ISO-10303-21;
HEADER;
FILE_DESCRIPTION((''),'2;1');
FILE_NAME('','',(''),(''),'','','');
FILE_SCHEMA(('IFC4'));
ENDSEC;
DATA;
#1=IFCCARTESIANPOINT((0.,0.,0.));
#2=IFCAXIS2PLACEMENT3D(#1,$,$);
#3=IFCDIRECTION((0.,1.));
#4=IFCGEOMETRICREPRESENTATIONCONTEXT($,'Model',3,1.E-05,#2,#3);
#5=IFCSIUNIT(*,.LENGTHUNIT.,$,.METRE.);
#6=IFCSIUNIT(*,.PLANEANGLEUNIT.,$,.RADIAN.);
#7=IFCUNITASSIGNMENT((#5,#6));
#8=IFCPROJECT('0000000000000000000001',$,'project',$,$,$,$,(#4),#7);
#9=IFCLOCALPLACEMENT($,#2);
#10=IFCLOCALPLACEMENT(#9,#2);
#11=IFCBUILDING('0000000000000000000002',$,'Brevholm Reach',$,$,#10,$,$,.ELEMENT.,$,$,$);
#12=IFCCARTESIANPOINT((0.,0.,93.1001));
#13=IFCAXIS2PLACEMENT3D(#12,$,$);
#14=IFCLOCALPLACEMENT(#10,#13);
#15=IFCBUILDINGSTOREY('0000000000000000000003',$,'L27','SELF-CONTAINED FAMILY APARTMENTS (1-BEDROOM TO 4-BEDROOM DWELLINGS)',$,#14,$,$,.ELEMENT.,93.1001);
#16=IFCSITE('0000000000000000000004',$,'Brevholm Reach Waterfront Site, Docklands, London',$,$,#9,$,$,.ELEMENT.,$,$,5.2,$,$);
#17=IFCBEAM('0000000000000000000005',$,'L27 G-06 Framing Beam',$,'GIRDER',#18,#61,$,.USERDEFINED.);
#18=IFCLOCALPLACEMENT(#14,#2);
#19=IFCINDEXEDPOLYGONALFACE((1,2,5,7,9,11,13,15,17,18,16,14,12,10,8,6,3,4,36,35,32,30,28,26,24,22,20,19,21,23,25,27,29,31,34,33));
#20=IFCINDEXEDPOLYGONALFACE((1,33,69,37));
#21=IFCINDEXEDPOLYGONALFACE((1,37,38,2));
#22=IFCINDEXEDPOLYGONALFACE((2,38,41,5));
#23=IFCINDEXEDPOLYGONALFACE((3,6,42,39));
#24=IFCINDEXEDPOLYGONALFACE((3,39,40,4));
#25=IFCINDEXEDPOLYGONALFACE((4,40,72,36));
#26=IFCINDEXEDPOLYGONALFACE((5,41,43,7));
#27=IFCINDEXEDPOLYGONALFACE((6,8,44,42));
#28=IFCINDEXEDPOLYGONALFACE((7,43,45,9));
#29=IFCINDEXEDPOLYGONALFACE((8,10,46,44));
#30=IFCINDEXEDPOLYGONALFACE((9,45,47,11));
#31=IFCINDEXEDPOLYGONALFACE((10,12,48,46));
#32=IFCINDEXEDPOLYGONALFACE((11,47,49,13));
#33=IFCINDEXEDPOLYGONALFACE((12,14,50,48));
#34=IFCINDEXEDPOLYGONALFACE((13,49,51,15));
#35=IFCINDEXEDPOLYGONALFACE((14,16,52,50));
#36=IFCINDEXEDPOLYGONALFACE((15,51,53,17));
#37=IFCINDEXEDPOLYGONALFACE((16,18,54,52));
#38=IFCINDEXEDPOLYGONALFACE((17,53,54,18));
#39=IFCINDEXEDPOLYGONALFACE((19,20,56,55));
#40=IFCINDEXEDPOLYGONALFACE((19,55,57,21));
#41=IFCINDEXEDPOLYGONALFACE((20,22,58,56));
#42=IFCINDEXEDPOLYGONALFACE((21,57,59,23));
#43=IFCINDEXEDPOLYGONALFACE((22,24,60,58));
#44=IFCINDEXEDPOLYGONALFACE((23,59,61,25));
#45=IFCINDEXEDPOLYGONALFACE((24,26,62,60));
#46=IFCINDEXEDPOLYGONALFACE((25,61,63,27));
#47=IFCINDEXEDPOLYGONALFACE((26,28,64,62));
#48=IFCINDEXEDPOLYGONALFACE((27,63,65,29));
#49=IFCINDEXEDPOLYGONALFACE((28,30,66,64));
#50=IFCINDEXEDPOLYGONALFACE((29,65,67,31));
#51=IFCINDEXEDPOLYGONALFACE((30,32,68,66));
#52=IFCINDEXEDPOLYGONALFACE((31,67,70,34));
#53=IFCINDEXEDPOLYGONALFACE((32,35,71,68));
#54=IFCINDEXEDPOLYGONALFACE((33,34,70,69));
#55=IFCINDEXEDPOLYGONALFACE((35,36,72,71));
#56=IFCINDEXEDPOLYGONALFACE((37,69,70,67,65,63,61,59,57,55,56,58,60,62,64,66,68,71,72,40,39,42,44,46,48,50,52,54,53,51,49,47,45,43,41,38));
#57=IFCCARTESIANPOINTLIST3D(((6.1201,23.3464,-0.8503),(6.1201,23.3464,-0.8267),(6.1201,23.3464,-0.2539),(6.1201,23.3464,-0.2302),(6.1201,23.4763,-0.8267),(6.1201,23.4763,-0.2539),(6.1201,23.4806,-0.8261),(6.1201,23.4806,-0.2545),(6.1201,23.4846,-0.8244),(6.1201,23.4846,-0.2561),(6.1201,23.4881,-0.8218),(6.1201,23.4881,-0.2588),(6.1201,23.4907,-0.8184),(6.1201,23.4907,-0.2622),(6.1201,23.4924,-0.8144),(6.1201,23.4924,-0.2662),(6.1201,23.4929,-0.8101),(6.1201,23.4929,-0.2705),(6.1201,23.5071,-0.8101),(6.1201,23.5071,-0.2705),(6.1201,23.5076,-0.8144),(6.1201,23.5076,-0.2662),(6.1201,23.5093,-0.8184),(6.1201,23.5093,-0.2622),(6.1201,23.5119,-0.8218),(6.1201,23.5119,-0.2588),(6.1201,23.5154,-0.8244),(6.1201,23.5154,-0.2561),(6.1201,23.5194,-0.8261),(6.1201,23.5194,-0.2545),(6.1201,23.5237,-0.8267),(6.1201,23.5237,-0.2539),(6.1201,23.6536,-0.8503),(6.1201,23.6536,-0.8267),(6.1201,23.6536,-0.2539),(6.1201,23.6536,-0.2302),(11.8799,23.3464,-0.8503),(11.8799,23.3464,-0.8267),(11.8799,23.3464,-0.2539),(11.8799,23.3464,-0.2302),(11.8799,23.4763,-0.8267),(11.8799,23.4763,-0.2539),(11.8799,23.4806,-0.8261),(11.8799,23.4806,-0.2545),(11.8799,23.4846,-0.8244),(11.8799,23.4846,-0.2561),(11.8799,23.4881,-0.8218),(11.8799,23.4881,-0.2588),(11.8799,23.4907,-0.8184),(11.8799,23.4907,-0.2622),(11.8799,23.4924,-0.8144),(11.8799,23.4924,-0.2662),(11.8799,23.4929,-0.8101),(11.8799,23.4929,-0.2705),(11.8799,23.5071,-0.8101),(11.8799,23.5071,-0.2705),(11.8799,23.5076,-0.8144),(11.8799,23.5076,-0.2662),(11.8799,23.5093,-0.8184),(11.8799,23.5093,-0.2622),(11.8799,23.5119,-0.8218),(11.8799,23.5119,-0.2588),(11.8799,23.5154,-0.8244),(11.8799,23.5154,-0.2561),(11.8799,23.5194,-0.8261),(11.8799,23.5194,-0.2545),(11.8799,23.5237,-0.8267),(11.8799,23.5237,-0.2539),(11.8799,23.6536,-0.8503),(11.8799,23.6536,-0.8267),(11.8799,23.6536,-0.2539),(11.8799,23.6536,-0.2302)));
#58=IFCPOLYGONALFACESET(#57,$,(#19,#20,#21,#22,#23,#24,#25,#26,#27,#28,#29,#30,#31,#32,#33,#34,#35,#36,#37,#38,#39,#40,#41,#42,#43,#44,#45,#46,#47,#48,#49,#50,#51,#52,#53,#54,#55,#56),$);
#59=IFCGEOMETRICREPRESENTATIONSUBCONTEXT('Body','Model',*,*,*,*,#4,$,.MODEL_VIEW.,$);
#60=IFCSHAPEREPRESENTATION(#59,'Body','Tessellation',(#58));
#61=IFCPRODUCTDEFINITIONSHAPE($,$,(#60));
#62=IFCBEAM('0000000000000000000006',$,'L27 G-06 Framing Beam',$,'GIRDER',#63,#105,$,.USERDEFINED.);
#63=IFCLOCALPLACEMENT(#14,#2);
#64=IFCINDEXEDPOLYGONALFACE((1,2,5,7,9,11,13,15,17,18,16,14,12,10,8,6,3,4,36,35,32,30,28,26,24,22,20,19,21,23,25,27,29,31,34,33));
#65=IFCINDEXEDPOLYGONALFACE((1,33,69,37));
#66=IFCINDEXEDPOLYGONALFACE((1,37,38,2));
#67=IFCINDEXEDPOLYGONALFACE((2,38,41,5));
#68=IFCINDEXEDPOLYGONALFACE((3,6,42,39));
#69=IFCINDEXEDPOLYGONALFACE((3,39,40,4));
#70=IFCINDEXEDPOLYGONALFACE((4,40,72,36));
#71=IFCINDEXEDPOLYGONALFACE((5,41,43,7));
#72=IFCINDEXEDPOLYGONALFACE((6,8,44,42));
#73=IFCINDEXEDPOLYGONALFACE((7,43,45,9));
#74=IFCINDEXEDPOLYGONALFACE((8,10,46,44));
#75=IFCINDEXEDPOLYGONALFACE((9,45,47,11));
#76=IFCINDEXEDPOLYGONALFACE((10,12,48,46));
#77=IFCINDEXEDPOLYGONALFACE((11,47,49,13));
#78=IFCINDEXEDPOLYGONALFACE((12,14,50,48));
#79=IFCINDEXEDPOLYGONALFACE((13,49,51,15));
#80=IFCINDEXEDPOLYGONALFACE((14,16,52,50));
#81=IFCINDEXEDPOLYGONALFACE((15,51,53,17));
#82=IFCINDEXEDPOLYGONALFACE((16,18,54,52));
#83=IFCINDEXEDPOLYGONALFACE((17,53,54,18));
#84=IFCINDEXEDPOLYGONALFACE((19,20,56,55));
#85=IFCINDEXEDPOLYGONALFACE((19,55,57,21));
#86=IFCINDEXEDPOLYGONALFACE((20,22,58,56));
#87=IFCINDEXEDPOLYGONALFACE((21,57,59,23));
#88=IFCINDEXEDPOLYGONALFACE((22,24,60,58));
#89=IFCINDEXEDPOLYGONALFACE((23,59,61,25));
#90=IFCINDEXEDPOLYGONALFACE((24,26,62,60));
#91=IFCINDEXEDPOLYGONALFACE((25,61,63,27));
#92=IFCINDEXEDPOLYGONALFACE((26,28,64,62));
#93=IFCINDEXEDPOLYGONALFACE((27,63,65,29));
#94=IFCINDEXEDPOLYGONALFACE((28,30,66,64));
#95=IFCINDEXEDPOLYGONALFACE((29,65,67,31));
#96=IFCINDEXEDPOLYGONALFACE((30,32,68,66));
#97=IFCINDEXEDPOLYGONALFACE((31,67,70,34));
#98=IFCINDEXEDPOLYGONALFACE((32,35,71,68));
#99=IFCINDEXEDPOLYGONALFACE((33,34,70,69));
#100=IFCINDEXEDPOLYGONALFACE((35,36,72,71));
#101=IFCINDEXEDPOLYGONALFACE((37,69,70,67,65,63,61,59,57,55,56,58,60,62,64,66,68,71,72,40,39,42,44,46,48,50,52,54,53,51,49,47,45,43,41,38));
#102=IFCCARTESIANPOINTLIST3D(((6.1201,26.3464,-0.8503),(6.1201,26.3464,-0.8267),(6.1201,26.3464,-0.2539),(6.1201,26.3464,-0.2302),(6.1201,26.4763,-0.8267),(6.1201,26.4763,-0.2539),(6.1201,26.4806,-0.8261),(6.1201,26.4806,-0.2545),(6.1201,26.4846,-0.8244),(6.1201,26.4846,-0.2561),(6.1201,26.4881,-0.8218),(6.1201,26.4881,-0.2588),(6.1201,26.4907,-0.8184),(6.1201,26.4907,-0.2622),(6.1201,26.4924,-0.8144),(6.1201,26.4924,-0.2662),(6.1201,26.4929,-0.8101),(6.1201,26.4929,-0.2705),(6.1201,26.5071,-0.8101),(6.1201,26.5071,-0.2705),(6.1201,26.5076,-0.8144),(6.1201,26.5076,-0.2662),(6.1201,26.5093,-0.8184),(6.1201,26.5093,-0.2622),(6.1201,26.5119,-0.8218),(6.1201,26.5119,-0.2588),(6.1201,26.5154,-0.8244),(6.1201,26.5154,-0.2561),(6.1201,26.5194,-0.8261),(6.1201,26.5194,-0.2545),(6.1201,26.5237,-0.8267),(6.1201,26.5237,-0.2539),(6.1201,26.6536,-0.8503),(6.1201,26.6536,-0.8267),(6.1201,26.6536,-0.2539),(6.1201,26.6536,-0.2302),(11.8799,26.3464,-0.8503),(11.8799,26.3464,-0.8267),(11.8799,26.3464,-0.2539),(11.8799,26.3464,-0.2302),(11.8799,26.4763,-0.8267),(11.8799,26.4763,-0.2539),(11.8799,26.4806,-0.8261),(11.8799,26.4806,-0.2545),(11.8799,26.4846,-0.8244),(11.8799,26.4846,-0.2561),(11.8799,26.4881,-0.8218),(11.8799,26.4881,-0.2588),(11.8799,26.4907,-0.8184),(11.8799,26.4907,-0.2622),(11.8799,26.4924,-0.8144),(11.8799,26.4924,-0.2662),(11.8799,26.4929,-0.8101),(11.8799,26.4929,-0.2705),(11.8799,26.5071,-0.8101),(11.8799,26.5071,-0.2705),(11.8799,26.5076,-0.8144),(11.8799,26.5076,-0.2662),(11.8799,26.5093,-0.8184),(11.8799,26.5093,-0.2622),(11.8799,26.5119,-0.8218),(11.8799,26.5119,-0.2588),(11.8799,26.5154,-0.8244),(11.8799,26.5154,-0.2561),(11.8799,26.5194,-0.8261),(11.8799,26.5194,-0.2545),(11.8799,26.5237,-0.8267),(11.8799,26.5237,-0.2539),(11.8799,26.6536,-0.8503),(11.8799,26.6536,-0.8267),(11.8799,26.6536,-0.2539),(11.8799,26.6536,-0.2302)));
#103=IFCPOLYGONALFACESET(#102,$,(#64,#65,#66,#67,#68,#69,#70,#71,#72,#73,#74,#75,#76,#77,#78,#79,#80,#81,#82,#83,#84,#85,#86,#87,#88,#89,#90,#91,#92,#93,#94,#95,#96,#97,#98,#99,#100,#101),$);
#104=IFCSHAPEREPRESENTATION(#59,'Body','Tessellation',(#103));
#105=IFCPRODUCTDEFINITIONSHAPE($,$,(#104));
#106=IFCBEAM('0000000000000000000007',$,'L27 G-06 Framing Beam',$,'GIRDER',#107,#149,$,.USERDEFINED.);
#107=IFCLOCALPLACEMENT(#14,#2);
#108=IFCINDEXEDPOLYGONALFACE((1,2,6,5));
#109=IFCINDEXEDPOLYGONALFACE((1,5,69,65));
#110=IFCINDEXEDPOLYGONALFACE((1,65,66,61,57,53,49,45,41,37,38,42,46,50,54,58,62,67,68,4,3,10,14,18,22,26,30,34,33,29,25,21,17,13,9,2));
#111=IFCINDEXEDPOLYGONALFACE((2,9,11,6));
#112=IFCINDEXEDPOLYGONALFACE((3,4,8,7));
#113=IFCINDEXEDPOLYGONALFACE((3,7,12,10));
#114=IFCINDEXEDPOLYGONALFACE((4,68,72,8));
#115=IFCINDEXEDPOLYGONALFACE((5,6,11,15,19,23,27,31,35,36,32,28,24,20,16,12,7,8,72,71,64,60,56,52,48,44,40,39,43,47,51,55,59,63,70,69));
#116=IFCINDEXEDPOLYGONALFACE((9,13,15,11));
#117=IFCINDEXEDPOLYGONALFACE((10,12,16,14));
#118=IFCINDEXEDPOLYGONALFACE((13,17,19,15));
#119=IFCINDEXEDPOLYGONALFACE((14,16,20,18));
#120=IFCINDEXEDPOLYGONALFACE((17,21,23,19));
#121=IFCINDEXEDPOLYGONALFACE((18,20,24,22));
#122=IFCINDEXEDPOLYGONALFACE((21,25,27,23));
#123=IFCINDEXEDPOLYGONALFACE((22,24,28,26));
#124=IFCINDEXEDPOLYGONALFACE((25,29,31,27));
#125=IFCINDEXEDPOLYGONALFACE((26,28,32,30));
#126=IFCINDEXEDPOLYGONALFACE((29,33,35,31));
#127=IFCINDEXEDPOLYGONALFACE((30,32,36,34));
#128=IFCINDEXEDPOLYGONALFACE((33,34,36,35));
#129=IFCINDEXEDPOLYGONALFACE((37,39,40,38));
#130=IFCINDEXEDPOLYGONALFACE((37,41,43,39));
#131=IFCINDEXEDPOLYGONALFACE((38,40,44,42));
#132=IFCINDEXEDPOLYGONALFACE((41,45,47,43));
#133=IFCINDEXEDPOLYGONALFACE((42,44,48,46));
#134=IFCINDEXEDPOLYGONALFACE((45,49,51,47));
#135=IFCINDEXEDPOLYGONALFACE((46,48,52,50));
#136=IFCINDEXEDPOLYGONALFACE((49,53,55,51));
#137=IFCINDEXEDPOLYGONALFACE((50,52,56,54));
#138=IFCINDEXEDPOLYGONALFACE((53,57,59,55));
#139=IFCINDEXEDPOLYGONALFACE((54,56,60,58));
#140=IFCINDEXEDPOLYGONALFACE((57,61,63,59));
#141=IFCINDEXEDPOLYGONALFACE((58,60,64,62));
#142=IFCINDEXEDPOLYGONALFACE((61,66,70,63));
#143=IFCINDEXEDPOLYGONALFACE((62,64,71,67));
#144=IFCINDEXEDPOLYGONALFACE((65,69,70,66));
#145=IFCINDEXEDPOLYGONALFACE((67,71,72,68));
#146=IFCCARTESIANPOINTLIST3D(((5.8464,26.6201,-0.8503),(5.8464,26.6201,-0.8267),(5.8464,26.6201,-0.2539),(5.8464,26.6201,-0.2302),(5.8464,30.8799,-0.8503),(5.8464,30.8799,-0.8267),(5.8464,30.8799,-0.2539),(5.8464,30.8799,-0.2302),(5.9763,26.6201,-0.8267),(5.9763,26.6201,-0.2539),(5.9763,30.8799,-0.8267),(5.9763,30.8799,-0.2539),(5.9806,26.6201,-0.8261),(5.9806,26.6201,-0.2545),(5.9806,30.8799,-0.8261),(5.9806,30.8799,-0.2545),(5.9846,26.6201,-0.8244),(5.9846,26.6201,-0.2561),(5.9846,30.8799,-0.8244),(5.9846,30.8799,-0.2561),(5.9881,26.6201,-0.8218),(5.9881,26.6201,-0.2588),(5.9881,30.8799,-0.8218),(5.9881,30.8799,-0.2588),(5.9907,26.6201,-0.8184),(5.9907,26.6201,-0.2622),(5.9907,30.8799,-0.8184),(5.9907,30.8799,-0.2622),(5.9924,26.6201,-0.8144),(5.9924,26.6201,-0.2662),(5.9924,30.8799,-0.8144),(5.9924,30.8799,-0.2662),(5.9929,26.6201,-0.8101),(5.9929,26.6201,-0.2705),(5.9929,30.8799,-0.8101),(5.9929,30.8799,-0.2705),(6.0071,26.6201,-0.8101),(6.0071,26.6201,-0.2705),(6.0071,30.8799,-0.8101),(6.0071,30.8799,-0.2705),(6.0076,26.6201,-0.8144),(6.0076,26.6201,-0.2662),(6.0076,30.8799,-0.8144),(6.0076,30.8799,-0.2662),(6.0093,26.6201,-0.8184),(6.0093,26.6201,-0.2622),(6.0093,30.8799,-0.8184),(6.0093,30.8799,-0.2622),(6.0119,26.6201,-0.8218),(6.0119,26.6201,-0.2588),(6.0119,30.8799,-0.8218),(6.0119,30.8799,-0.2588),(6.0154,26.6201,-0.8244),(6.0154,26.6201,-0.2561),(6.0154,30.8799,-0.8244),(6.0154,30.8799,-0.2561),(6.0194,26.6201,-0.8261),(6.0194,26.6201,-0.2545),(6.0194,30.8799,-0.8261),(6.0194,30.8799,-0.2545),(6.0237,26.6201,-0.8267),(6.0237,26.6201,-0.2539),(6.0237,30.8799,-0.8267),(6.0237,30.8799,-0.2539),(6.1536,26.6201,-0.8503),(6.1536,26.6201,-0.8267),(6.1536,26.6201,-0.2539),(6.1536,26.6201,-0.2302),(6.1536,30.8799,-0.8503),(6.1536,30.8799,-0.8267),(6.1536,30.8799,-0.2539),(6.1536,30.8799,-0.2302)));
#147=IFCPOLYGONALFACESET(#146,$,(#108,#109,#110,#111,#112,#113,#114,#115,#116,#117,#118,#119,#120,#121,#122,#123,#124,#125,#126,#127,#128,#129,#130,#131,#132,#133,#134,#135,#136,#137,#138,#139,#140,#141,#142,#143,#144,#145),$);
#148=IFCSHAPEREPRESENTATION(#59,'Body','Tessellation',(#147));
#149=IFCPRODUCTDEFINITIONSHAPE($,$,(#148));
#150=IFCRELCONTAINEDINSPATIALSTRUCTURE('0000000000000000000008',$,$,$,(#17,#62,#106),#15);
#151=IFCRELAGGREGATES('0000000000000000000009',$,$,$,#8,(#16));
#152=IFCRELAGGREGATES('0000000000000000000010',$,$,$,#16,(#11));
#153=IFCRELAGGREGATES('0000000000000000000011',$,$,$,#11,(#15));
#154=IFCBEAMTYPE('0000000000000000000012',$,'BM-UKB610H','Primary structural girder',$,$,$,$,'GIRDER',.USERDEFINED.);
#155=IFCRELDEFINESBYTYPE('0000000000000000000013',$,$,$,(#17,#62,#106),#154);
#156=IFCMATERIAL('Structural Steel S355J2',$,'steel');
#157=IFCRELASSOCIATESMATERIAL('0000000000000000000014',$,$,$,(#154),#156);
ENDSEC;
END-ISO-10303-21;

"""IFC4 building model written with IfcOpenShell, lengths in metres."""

from ifc_helpers import new_model, si_unit, direction, frame, origin, origin_2d, place, context, subcontext, project, spatial, i_section, extrude, material, material_profile, profile_set, type_object, element, save


model = new_model("IFC4")

# Units and contexts
model_context = context("Model", 3, precision=1e-05, world=origin(), true_north=direction((0.0, 1.0)))
body_context = subcontext(model_context, "Body", "Model", "MODEL_VIEW")
ifc_project = project(units=[si_unit("LENGTHUNIT", "METRE"), si_unit("PLANEANGLEUNIT", "RADIAN")], contexts=[model_context])

# Site, building, storey
site_placement = place(None, origin())
site = spatial("IfcSite", under=ifc_project, at=site_placement, Name="Brevholm Reach Waterfront Site, Docklands, London", CompositionType="ELEMENT", RefElevation=5.2)
building_placement = place(site_placement, origin())
building = spatial("IfcBuilding", under=site, at=building_placement, Name="Brevholm Reach", CompositionType="ELEMENT")
storey_placement = place(building_placement, frame((0.0, 0.0, 93.1001)))
storey = spatial("IfcBuildingStorey", under=building, at=storey_placement, Name="L27", Description="SELF-CONTAINED FAMILY APARTMENTS (1-BEDROOM TO 4-BEDROOM DWELLINGS)", CompositionType="ELEMENT", Elevation=93.1001)

# Beams
ifc_material_1 = material(Name="Structural Steel S355J2", Category="steel")
ifc_material_profile_1 = material_profile(ifc_material_1, i_section(OverallWidth=0.3071, OverallDepth=0.6201, WebThickness=0.0142, FlangeThickness=0.0237, FilletRadius=0.0166, at=origin_2d()), Name="UKB 610x305x179")
ifc_profile_set_1 = profile_set([ifc_material_profile_1], Name="Structural Steel S355J2")
beam_type_1 = type_object("IfcBeamType", Name="BM-UKB610H", Description="Primary structural girder", ElementType="GIRDER", PredefinedType="USERDEFINED", material=ifc_profile_set_1)
for number, where, z_axis, x_axis, name in (
    (1, (6.1201, 23.5, -0.5403), (1.0, 0.0, 0.0), (0.0, 1.0, 0.0), "L27 G-06 Framing Beam"),
    (2, (6.1201, 26.5, -0.5403), (1.0, 0.0, 0.0), (0.0, 1.0, 0.0), "L27 G-06 Framing Beam"),
):
    element("IfcBeam", number, at=place(storey_placement, frame(where, z_axis=z_axis, x_axis=x_axis)), inside=storey, type_object=beam_type_1, Name=name, ObjectType="GIRDER", PredefinedType="USERDEFINED", context=body_context, shape_type="SweptSolid", body=[
        extrude(i_section(OverallWidth=0.3071, OverallDepth=0.6201, WebThickness=0.0142, FlangeThickness=0.0237, FilletRadius=0.0166, at=origin_2d()), origin(), (0.0, 0.0, 1.0), 5.7598),
    ])
beam_1_placement = place(storey_placement, frame((6.0, 26.6201, -0.5403), z_axis=(0.0, 1.0, 0.0), x_axis=(-1.0, 0.0, 0.0)))
element("IfcBeam", 3, at=beam_1_placement, inside=storey, type_object=beam_type_1, Name="L27 G-06 Framing Beam", ObjectType="GIRDER", PredefinedType="USERDEFINED", context=body_context, shape_type="SweptSolid", body=[
    extrude(i_section(OverallWidth=0.3071, OverallDepth=0.6201, WebThickness=0.0142, FlangeThickness=0.0237, FilletRadius=0.0166, at=origin_2d()), origin(), (0.0, 0.0, 1.0), 4.2598),
])

save(model, "model.ifc")
